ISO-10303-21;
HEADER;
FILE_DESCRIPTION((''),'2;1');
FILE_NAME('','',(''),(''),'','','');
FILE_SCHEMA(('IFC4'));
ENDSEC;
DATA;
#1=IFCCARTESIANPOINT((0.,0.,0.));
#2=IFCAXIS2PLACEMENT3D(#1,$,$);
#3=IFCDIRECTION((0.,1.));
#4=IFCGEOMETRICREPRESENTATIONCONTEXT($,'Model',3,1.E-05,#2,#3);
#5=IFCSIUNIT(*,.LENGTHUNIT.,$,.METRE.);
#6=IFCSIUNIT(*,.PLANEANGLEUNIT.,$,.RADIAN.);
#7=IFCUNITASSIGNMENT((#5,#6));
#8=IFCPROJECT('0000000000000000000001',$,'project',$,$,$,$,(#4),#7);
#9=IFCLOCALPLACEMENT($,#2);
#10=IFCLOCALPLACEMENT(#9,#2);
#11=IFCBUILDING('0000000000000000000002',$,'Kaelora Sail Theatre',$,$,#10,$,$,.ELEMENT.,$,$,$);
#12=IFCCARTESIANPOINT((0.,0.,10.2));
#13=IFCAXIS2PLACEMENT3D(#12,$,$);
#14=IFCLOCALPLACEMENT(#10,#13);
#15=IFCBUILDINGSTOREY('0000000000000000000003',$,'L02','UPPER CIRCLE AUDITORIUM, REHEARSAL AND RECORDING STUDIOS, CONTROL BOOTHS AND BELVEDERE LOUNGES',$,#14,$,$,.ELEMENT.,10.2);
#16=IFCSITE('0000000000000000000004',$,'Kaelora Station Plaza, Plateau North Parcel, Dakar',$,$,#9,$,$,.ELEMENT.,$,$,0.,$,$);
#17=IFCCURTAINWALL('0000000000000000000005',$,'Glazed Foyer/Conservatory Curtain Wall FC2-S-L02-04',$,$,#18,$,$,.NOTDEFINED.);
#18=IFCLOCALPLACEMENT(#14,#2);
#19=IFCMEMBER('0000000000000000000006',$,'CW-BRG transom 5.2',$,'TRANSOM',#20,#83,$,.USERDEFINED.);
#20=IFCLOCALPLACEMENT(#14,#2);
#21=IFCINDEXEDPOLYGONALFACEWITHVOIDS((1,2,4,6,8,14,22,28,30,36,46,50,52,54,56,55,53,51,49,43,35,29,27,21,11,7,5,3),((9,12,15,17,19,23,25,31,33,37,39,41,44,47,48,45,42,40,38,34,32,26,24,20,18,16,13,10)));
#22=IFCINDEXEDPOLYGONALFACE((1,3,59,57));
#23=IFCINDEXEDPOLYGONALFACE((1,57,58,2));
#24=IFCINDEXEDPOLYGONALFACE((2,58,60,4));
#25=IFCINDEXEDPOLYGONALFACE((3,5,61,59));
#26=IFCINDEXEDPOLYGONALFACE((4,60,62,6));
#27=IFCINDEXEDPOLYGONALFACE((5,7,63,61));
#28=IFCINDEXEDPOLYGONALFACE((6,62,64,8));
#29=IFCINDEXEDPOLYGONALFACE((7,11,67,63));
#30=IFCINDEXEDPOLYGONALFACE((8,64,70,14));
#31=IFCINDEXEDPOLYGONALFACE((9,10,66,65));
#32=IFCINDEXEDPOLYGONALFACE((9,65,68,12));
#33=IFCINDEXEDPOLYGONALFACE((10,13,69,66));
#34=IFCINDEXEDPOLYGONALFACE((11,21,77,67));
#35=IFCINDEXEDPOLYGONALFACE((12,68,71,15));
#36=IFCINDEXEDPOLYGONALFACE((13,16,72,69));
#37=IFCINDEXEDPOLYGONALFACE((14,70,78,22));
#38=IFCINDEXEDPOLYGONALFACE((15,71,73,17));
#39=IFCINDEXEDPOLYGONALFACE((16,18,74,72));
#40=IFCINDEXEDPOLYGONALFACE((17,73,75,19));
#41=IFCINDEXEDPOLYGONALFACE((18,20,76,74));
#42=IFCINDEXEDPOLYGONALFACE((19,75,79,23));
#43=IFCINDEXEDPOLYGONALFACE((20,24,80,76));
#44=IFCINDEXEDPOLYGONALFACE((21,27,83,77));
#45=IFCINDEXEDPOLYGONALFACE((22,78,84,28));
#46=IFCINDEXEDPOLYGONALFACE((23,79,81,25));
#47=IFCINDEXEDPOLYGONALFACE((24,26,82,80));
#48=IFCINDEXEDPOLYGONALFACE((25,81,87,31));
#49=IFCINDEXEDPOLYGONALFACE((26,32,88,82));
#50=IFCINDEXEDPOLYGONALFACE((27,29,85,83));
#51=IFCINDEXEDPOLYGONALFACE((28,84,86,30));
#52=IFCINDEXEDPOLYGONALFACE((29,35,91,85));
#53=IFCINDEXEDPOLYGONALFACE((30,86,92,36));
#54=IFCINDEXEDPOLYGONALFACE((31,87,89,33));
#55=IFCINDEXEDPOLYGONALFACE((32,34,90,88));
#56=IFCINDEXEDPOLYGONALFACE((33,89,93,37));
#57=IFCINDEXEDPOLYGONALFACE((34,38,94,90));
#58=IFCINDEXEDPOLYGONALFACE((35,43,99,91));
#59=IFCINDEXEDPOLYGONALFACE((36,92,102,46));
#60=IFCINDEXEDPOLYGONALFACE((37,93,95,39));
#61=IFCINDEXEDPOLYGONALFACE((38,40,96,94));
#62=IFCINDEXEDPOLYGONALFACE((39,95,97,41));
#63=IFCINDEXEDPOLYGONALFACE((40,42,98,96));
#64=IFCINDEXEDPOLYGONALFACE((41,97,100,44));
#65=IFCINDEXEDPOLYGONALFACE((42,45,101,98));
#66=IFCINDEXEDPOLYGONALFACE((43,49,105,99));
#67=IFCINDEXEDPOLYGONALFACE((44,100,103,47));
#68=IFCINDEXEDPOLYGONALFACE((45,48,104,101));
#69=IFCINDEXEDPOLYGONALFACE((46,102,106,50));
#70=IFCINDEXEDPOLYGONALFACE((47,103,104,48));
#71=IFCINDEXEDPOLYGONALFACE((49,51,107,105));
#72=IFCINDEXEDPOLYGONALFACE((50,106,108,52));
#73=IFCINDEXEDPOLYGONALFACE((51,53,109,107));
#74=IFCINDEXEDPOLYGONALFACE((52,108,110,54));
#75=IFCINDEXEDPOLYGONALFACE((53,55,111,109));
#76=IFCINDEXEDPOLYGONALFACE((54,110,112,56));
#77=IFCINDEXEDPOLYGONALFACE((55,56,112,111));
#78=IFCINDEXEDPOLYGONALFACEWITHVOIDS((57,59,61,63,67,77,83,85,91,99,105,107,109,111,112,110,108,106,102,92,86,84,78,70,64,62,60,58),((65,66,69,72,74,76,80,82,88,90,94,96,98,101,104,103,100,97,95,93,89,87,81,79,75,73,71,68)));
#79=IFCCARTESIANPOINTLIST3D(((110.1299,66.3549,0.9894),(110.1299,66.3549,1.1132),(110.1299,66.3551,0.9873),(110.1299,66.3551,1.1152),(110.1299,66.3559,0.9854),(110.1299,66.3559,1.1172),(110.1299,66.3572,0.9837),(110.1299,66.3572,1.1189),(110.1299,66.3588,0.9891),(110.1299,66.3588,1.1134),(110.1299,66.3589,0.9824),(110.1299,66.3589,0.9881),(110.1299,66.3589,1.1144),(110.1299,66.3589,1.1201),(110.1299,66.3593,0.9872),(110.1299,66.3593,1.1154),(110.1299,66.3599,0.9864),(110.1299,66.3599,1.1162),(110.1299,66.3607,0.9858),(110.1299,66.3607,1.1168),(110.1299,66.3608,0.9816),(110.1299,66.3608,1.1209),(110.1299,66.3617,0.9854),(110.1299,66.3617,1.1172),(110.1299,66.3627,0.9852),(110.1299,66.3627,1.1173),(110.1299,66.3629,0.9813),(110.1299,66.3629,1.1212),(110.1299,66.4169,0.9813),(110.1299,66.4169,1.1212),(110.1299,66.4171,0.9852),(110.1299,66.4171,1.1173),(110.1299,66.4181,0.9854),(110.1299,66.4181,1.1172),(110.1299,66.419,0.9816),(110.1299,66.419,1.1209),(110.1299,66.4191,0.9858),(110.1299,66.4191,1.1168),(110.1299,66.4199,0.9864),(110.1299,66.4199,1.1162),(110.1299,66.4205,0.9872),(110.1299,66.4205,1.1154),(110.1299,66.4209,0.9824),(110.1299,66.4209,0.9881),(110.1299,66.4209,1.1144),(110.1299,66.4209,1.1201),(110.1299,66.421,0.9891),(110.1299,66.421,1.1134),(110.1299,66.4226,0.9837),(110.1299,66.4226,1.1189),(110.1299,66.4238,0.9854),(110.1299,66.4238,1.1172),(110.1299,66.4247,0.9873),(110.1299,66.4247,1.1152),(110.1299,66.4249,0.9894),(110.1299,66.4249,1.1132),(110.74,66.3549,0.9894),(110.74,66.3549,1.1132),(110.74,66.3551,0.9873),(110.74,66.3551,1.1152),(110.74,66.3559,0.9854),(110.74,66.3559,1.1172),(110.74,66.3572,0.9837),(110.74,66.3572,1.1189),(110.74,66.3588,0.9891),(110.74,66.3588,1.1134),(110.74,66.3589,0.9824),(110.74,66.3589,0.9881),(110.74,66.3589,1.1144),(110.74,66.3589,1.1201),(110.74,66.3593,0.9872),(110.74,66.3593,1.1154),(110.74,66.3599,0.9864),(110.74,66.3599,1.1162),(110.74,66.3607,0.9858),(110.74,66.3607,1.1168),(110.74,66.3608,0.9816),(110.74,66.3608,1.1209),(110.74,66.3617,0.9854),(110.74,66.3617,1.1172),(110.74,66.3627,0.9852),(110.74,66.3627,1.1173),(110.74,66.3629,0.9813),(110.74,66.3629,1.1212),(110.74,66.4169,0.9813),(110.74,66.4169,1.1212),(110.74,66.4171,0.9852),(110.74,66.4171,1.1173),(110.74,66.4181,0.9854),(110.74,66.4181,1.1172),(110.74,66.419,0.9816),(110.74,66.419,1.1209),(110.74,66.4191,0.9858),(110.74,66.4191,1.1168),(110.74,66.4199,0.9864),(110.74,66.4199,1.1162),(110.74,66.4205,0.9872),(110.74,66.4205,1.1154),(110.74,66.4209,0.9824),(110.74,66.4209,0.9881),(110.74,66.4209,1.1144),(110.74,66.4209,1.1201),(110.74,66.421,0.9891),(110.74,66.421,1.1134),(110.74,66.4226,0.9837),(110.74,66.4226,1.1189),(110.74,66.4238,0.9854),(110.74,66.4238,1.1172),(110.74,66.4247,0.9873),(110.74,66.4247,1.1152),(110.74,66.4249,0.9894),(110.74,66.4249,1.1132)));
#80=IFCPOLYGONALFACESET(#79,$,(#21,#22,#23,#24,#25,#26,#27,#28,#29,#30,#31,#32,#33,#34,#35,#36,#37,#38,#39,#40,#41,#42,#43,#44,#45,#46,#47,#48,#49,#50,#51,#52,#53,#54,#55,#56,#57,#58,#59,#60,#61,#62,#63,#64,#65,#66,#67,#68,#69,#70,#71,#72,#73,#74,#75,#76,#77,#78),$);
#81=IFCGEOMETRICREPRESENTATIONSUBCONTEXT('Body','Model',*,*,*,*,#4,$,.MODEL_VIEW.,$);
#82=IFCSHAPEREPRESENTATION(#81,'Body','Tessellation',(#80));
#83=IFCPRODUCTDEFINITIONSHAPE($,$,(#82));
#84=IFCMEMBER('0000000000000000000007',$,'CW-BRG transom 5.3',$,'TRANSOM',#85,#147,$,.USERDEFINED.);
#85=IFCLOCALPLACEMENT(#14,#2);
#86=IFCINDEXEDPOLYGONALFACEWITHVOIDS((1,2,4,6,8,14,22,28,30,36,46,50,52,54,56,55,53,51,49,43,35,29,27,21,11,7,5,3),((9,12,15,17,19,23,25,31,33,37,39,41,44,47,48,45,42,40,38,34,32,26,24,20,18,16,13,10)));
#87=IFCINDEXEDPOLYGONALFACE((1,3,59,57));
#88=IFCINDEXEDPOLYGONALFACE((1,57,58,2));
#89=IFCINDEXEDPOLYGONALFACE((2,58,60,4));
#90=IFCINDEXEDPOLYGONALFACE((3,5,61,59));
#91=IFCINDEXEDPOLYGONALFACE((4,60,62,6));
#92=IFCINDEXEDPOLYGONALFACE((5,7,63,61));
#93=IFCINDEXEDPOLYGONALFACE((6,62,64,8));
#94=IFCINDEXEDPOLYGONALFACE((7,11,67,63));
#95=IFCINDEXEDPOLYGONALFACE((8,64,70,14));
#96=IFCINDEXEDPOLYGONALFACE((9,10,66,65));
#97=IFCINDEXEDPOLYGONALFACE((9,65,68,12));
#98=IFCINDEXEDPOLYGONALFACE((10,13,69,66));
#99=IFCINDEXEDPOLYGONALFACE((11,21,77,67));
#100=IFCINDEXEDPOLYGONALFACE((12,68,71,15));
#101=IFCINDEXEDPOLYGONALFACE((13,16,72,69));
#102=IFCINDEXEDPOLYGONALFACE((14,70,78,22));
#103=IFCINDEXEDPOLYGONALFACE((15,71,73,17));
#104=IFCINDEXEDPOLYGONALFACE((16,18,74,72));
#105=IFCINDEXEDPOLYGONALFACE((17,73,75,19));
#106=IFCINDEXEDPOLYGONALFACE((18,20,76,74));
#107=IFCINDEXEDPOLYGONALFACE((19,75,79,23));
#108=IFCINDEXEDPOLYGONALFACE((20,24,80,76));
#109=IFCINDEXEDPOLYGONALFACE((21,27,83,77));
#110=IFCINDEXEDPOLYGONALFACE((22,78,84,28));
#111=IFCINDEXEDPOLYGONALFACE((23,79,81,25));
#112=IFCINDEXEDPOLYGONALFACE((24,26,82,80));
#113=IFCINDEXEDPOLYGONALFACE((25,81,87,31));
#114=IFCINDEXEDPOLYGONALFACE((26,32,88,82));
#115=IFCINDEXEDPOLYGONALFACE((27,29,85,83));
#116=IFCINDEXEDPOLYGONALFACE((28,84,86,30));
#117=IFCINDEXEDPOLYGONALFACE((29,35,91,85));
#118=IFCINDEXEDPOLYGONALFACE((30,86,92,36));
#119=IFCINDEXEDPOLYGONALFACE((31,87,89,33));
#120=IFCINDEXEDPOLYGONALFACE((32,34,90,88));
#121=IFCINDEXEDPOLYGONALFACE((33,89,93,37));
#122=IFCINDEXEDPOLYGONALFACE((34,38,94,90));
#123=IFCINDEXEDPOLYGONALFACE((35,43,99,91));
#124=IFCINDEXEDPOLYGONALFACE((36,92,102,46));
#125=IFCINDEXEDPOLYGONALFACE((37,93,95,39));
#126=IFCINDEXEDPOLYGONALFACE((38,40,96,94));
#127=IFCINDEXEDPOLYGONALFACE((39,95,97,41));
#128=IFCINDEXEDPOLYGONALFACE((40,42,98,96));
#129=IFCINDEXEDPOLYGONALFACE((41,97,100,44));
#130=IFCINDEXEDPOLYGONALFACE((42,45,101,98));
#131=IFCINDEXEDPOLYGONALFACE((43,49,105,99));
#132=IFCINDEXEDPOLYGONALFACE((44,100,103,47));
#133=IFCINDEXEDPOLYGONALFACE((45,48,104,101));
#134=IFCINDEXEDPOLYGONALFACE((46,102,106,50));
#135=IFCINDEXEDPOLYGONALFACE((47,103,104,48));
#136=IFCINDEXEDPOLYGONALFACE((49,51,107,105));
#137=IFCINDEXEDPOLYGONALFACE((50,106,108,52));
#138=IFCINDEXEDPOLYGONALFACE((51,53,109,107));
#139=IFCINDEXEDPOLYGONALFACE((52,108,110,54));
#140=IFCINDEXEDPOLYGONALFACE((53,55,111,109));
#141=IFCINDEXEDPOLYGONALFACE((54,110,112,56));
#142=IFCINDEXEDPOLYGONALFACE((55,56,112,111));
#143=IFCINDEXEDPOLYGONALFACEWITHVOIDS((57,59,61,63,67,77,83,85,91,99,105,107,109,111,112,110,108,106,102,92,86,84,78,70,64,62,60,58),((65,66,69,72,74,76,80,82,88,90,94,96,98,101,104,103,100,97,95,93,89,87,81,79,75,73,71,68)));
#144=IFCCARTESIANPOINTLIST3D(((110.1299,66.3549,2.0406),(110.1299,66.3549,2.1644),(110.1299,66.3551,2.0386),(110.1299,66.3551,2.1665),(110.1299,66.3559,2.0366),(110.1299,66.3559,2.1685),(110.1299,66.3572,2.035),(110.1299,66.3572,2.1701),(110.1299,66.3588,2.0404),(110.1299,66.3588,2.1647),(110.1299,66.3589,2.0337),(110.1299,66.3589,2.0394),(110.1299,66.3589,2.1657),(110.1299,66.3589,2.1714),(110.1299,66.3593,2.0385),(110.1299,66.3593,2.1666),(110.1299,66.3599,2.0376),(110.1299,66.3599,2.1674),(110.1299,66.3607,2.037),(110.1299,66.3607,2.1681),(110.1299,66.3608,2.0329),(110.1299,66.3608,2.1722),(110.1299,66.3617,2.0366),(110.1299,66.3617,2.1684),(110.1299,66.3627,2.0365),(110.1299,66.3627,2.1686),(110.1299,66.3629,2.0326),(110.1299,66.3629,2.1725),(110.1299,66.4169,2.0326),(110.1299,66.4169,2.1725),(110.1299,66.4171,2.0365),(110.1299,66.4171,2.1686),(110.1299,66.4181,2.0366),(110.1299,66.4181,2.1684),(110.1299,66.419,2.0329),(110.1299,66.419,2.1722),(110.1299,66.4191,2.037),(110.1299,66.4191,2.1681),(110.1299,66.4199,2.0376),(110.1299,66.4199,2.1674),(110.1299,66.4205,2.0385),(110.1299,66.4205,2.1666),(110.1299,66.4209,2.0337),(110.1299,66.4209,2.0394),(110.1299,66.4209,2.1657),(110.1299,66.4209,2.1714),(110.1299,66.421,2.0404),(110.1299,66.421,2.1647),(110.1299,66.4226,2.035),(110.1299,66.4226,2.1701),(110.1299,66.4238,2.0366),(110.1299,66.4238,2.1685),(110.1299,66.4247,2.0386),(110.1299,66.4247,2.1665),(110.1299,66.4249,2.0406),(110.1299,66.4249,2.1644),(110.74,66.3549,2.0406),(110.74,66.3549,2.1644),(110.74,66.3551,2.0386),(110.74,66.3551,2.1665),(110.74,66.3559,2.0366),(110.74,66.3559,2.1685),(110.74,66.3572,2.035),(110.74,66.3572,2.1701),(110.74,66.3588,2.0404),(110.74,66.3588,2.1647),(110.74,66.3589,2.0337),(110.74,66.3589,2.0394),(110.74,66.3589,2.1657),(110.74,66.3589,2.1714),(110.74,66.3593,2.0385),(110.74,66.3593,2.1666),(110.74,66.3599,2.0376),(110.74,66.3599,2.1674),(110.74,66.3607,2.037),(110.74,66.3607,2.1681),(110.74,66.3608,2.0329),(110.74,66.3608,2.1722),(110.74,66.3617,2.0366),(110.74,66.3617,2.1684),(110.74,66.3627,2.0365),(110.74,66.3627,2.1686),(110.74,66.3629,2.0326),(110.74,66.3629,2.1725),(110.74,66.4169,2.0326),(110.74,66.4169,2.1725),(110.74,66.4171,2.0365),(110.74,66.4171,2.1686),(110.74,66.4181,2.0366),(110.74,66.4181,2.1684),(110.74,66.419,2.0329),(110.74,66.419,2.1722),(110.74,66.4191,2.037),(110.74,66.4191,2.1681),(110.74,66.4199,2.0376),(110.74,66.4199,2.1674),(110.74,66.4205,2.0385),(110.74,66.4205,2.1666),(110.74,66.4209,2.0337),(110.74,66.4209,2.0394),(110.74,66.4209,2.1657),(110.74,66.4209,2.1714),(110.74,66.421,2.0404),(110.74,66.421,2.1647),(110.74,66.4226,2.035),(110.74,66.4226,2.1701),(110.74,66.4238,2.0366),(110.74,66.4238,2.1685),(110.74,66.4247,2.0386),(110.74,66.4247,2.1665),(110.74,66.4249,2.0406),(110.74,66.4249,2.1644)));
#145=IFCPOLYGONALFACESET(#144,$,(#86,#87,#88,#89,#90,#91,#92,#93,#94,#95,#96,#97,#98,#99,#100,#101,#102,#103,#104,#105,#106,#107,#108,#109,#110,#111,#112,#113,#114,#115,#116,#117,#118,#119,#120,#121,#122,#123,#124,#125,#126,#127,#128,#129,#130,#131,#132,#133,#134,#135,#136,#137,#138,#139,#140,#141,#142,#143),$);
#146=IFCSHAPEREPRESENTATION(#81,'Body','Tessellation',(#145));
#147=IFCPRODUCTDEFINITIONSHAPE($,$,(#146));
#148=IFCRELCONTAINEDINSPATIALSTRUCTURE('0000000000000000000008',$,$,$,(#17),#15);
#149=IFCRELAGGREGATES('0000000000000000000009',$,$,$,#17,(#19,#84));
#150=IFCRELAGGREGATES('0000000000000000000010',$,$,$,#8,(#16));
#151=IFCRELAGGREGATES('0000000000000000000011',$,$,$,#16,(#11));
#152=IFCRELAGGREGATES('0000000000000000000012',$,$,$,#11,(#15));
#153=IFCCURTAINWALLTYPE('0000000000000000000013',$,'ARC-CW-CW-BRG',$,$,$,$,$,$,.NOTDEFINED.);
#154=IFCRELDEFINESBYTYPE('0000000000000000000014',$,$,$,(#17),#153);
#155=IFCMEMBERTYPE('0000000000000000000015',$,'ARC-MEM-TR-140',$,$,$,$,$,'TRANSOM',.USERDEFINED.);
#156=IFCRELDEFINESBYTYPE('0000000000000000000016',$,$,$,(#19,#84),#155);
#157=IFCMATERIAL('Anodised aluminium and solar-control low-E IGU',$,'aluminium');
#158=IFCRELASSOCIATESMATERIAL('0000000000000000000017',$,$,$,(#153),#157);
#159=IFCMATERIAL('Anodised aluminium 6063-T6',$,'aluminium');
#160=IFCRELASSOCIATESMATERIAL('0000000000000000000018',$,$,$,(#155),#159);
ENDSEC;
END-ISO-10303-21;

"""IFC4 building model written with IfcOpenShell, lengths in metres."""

from ifc_helpers import new_model, si_unit, direction, frame, origin, origin_2d, place, context, subcontext, project, spatial, hollow_rectangle, extrude, material, material_profile, profile_set, type_object, element, aggregate, save


model = new_model("IFC4")

# Units and contexts
model_context = context("Model", 3, precision=1e-05, world=origin(), true_north=direction((0.0, 1.0)))
body_context = subcontext(model_context, "Body", "Model", "MODEL_VIEW")
ifc_project = project(units=[si_unit("LENGTHUNIT", "METRE"), si_unit("PLANEANGLEUNIT", "RADIAN")], contexts=[model_context])

# Site, building, storey
site_placement = place(None, origin())
site = spatial("IfcSite", under=ifc_project, at=site_placement, Name="Kaelora Station Plaza, Plateau North Parcel, Dakar", CompositionType="ELEMENT", RefElevation=0.0)
building_placement = place(site_placement, origin())
building = spatial("IfcBuilding", under=site, at=building_placement, Name="Kaelora Sail Theatre", CompositionType="ELEMENT")
storey_placement = place(building_placement, frame((0.0, 0.0, 10.2)))
storey = spatial("IfcBuildingStorey", under=building, at=storey_placement, Name="L02", Description="UPPER CIRCLE AUDITORIUM, REHEARSAL AND RECORDING STUDIOS, CONTROL BOOTHS AND BELVEDERE LOUNGES", CompositionType="ELEMENT", Elevation=10.2)

# Curtain wall
ifc_material_1 = material(Name="Anodised aluminium and solar-control low-E IGU", Category="aluminium")
curtain_wall_type = type_object("IfcCurtainWallType", Name="ARC-CW-CW-BRG", PredefinedType="NOTDEFINED", material=ifc_material_1)
curtain_wall_1_placement = place(storey_placement, origin())
curtain_wall_1 = element("IfcCurtainWall", 1, at=curtain_wall_1_placement, inside=storey, type_object=curtain_wall_type, Name="Glazed Foyer/Conservatory Curtain Wall FC2-S-L02-04", PredefinedType="NOTDEFINED")

# Members
ifc_material_2 = material(Name="Anodised aluminium 6063-T6", Category="aluminium")
ifc_material_profile_1 = material_profile(ifc_material_2, hollow_rectangle(XDim=0.0701, YDim=0.1399, WallThickness=0.0039, InnerFilletRadius=0.0039, OuterFilletRadius=0.0081, at=origin_2d()), Name="ALU-TRAN 70x140x4")
ifc_profile_set_1 = profile_set([ifc_material_profile_1], Name="Anodised aluminium 6063-T6")
member_type_1 = type_object("IfcMemberType", Name="ARC-MEM-TR-140", ElementType="TRANSOM", PredefinedType="USERDEFINED", material=ifc_profile_set_1)
member_1_placement = place(storey_placement, frame((110.1299, 66.3899, 1.0513), z_axis=(1.0, 0.0, 0.0), x_axis=(0.0, 1.0, 0.0)))
member_1 = element("IfcMember", 2, at=member_1_placement, type_object=member_type_1, Name="CW-BRG transom 5.2", ObjectType="TRANSOM", PredefinedType="USERDEFINED", context=body_context, shape_type="SweptSolid", body=[
    extrude(hollow_rectangle(XDim=0.0701, YDim=0.1399, WallThickness=0.0039, InnerFilletRadius=0.0039, OuterFilletRadius=0.0081, at=origin_2d()), origin(), (0.0, 0.0, 1.0), 0.6101),
])
member_2_placement = place(storey_placement, frame((110.1299, 66.3899, 2.1025), z_axis=(1.0, 0.0, 0.0), x_axis=(0.0, 1.0, 0.0)))
member_2 = element("IfcMember", 3, at=member_2_placement, type_object=member_type_1, Name="CW-BRG transom 5.3", ObjectType="TRANSOM", PredefinedType="USERDEFINED", context=body_context, shape_type="SweptSolid", body=[
    extrude(hollow_rectangle(XDim=0.0701, YDim=0.1399, WallThickness=0.0039, InnerFilletRadius=0.0039, OuterFilletRadius=0.0081, at=origin_2d()), origin(), (0.0, 0.0, 1.0), 0.6101),
])

aggregate(curtain_wall_1, [member_1, member_2])

save(model, "model.ifc")
